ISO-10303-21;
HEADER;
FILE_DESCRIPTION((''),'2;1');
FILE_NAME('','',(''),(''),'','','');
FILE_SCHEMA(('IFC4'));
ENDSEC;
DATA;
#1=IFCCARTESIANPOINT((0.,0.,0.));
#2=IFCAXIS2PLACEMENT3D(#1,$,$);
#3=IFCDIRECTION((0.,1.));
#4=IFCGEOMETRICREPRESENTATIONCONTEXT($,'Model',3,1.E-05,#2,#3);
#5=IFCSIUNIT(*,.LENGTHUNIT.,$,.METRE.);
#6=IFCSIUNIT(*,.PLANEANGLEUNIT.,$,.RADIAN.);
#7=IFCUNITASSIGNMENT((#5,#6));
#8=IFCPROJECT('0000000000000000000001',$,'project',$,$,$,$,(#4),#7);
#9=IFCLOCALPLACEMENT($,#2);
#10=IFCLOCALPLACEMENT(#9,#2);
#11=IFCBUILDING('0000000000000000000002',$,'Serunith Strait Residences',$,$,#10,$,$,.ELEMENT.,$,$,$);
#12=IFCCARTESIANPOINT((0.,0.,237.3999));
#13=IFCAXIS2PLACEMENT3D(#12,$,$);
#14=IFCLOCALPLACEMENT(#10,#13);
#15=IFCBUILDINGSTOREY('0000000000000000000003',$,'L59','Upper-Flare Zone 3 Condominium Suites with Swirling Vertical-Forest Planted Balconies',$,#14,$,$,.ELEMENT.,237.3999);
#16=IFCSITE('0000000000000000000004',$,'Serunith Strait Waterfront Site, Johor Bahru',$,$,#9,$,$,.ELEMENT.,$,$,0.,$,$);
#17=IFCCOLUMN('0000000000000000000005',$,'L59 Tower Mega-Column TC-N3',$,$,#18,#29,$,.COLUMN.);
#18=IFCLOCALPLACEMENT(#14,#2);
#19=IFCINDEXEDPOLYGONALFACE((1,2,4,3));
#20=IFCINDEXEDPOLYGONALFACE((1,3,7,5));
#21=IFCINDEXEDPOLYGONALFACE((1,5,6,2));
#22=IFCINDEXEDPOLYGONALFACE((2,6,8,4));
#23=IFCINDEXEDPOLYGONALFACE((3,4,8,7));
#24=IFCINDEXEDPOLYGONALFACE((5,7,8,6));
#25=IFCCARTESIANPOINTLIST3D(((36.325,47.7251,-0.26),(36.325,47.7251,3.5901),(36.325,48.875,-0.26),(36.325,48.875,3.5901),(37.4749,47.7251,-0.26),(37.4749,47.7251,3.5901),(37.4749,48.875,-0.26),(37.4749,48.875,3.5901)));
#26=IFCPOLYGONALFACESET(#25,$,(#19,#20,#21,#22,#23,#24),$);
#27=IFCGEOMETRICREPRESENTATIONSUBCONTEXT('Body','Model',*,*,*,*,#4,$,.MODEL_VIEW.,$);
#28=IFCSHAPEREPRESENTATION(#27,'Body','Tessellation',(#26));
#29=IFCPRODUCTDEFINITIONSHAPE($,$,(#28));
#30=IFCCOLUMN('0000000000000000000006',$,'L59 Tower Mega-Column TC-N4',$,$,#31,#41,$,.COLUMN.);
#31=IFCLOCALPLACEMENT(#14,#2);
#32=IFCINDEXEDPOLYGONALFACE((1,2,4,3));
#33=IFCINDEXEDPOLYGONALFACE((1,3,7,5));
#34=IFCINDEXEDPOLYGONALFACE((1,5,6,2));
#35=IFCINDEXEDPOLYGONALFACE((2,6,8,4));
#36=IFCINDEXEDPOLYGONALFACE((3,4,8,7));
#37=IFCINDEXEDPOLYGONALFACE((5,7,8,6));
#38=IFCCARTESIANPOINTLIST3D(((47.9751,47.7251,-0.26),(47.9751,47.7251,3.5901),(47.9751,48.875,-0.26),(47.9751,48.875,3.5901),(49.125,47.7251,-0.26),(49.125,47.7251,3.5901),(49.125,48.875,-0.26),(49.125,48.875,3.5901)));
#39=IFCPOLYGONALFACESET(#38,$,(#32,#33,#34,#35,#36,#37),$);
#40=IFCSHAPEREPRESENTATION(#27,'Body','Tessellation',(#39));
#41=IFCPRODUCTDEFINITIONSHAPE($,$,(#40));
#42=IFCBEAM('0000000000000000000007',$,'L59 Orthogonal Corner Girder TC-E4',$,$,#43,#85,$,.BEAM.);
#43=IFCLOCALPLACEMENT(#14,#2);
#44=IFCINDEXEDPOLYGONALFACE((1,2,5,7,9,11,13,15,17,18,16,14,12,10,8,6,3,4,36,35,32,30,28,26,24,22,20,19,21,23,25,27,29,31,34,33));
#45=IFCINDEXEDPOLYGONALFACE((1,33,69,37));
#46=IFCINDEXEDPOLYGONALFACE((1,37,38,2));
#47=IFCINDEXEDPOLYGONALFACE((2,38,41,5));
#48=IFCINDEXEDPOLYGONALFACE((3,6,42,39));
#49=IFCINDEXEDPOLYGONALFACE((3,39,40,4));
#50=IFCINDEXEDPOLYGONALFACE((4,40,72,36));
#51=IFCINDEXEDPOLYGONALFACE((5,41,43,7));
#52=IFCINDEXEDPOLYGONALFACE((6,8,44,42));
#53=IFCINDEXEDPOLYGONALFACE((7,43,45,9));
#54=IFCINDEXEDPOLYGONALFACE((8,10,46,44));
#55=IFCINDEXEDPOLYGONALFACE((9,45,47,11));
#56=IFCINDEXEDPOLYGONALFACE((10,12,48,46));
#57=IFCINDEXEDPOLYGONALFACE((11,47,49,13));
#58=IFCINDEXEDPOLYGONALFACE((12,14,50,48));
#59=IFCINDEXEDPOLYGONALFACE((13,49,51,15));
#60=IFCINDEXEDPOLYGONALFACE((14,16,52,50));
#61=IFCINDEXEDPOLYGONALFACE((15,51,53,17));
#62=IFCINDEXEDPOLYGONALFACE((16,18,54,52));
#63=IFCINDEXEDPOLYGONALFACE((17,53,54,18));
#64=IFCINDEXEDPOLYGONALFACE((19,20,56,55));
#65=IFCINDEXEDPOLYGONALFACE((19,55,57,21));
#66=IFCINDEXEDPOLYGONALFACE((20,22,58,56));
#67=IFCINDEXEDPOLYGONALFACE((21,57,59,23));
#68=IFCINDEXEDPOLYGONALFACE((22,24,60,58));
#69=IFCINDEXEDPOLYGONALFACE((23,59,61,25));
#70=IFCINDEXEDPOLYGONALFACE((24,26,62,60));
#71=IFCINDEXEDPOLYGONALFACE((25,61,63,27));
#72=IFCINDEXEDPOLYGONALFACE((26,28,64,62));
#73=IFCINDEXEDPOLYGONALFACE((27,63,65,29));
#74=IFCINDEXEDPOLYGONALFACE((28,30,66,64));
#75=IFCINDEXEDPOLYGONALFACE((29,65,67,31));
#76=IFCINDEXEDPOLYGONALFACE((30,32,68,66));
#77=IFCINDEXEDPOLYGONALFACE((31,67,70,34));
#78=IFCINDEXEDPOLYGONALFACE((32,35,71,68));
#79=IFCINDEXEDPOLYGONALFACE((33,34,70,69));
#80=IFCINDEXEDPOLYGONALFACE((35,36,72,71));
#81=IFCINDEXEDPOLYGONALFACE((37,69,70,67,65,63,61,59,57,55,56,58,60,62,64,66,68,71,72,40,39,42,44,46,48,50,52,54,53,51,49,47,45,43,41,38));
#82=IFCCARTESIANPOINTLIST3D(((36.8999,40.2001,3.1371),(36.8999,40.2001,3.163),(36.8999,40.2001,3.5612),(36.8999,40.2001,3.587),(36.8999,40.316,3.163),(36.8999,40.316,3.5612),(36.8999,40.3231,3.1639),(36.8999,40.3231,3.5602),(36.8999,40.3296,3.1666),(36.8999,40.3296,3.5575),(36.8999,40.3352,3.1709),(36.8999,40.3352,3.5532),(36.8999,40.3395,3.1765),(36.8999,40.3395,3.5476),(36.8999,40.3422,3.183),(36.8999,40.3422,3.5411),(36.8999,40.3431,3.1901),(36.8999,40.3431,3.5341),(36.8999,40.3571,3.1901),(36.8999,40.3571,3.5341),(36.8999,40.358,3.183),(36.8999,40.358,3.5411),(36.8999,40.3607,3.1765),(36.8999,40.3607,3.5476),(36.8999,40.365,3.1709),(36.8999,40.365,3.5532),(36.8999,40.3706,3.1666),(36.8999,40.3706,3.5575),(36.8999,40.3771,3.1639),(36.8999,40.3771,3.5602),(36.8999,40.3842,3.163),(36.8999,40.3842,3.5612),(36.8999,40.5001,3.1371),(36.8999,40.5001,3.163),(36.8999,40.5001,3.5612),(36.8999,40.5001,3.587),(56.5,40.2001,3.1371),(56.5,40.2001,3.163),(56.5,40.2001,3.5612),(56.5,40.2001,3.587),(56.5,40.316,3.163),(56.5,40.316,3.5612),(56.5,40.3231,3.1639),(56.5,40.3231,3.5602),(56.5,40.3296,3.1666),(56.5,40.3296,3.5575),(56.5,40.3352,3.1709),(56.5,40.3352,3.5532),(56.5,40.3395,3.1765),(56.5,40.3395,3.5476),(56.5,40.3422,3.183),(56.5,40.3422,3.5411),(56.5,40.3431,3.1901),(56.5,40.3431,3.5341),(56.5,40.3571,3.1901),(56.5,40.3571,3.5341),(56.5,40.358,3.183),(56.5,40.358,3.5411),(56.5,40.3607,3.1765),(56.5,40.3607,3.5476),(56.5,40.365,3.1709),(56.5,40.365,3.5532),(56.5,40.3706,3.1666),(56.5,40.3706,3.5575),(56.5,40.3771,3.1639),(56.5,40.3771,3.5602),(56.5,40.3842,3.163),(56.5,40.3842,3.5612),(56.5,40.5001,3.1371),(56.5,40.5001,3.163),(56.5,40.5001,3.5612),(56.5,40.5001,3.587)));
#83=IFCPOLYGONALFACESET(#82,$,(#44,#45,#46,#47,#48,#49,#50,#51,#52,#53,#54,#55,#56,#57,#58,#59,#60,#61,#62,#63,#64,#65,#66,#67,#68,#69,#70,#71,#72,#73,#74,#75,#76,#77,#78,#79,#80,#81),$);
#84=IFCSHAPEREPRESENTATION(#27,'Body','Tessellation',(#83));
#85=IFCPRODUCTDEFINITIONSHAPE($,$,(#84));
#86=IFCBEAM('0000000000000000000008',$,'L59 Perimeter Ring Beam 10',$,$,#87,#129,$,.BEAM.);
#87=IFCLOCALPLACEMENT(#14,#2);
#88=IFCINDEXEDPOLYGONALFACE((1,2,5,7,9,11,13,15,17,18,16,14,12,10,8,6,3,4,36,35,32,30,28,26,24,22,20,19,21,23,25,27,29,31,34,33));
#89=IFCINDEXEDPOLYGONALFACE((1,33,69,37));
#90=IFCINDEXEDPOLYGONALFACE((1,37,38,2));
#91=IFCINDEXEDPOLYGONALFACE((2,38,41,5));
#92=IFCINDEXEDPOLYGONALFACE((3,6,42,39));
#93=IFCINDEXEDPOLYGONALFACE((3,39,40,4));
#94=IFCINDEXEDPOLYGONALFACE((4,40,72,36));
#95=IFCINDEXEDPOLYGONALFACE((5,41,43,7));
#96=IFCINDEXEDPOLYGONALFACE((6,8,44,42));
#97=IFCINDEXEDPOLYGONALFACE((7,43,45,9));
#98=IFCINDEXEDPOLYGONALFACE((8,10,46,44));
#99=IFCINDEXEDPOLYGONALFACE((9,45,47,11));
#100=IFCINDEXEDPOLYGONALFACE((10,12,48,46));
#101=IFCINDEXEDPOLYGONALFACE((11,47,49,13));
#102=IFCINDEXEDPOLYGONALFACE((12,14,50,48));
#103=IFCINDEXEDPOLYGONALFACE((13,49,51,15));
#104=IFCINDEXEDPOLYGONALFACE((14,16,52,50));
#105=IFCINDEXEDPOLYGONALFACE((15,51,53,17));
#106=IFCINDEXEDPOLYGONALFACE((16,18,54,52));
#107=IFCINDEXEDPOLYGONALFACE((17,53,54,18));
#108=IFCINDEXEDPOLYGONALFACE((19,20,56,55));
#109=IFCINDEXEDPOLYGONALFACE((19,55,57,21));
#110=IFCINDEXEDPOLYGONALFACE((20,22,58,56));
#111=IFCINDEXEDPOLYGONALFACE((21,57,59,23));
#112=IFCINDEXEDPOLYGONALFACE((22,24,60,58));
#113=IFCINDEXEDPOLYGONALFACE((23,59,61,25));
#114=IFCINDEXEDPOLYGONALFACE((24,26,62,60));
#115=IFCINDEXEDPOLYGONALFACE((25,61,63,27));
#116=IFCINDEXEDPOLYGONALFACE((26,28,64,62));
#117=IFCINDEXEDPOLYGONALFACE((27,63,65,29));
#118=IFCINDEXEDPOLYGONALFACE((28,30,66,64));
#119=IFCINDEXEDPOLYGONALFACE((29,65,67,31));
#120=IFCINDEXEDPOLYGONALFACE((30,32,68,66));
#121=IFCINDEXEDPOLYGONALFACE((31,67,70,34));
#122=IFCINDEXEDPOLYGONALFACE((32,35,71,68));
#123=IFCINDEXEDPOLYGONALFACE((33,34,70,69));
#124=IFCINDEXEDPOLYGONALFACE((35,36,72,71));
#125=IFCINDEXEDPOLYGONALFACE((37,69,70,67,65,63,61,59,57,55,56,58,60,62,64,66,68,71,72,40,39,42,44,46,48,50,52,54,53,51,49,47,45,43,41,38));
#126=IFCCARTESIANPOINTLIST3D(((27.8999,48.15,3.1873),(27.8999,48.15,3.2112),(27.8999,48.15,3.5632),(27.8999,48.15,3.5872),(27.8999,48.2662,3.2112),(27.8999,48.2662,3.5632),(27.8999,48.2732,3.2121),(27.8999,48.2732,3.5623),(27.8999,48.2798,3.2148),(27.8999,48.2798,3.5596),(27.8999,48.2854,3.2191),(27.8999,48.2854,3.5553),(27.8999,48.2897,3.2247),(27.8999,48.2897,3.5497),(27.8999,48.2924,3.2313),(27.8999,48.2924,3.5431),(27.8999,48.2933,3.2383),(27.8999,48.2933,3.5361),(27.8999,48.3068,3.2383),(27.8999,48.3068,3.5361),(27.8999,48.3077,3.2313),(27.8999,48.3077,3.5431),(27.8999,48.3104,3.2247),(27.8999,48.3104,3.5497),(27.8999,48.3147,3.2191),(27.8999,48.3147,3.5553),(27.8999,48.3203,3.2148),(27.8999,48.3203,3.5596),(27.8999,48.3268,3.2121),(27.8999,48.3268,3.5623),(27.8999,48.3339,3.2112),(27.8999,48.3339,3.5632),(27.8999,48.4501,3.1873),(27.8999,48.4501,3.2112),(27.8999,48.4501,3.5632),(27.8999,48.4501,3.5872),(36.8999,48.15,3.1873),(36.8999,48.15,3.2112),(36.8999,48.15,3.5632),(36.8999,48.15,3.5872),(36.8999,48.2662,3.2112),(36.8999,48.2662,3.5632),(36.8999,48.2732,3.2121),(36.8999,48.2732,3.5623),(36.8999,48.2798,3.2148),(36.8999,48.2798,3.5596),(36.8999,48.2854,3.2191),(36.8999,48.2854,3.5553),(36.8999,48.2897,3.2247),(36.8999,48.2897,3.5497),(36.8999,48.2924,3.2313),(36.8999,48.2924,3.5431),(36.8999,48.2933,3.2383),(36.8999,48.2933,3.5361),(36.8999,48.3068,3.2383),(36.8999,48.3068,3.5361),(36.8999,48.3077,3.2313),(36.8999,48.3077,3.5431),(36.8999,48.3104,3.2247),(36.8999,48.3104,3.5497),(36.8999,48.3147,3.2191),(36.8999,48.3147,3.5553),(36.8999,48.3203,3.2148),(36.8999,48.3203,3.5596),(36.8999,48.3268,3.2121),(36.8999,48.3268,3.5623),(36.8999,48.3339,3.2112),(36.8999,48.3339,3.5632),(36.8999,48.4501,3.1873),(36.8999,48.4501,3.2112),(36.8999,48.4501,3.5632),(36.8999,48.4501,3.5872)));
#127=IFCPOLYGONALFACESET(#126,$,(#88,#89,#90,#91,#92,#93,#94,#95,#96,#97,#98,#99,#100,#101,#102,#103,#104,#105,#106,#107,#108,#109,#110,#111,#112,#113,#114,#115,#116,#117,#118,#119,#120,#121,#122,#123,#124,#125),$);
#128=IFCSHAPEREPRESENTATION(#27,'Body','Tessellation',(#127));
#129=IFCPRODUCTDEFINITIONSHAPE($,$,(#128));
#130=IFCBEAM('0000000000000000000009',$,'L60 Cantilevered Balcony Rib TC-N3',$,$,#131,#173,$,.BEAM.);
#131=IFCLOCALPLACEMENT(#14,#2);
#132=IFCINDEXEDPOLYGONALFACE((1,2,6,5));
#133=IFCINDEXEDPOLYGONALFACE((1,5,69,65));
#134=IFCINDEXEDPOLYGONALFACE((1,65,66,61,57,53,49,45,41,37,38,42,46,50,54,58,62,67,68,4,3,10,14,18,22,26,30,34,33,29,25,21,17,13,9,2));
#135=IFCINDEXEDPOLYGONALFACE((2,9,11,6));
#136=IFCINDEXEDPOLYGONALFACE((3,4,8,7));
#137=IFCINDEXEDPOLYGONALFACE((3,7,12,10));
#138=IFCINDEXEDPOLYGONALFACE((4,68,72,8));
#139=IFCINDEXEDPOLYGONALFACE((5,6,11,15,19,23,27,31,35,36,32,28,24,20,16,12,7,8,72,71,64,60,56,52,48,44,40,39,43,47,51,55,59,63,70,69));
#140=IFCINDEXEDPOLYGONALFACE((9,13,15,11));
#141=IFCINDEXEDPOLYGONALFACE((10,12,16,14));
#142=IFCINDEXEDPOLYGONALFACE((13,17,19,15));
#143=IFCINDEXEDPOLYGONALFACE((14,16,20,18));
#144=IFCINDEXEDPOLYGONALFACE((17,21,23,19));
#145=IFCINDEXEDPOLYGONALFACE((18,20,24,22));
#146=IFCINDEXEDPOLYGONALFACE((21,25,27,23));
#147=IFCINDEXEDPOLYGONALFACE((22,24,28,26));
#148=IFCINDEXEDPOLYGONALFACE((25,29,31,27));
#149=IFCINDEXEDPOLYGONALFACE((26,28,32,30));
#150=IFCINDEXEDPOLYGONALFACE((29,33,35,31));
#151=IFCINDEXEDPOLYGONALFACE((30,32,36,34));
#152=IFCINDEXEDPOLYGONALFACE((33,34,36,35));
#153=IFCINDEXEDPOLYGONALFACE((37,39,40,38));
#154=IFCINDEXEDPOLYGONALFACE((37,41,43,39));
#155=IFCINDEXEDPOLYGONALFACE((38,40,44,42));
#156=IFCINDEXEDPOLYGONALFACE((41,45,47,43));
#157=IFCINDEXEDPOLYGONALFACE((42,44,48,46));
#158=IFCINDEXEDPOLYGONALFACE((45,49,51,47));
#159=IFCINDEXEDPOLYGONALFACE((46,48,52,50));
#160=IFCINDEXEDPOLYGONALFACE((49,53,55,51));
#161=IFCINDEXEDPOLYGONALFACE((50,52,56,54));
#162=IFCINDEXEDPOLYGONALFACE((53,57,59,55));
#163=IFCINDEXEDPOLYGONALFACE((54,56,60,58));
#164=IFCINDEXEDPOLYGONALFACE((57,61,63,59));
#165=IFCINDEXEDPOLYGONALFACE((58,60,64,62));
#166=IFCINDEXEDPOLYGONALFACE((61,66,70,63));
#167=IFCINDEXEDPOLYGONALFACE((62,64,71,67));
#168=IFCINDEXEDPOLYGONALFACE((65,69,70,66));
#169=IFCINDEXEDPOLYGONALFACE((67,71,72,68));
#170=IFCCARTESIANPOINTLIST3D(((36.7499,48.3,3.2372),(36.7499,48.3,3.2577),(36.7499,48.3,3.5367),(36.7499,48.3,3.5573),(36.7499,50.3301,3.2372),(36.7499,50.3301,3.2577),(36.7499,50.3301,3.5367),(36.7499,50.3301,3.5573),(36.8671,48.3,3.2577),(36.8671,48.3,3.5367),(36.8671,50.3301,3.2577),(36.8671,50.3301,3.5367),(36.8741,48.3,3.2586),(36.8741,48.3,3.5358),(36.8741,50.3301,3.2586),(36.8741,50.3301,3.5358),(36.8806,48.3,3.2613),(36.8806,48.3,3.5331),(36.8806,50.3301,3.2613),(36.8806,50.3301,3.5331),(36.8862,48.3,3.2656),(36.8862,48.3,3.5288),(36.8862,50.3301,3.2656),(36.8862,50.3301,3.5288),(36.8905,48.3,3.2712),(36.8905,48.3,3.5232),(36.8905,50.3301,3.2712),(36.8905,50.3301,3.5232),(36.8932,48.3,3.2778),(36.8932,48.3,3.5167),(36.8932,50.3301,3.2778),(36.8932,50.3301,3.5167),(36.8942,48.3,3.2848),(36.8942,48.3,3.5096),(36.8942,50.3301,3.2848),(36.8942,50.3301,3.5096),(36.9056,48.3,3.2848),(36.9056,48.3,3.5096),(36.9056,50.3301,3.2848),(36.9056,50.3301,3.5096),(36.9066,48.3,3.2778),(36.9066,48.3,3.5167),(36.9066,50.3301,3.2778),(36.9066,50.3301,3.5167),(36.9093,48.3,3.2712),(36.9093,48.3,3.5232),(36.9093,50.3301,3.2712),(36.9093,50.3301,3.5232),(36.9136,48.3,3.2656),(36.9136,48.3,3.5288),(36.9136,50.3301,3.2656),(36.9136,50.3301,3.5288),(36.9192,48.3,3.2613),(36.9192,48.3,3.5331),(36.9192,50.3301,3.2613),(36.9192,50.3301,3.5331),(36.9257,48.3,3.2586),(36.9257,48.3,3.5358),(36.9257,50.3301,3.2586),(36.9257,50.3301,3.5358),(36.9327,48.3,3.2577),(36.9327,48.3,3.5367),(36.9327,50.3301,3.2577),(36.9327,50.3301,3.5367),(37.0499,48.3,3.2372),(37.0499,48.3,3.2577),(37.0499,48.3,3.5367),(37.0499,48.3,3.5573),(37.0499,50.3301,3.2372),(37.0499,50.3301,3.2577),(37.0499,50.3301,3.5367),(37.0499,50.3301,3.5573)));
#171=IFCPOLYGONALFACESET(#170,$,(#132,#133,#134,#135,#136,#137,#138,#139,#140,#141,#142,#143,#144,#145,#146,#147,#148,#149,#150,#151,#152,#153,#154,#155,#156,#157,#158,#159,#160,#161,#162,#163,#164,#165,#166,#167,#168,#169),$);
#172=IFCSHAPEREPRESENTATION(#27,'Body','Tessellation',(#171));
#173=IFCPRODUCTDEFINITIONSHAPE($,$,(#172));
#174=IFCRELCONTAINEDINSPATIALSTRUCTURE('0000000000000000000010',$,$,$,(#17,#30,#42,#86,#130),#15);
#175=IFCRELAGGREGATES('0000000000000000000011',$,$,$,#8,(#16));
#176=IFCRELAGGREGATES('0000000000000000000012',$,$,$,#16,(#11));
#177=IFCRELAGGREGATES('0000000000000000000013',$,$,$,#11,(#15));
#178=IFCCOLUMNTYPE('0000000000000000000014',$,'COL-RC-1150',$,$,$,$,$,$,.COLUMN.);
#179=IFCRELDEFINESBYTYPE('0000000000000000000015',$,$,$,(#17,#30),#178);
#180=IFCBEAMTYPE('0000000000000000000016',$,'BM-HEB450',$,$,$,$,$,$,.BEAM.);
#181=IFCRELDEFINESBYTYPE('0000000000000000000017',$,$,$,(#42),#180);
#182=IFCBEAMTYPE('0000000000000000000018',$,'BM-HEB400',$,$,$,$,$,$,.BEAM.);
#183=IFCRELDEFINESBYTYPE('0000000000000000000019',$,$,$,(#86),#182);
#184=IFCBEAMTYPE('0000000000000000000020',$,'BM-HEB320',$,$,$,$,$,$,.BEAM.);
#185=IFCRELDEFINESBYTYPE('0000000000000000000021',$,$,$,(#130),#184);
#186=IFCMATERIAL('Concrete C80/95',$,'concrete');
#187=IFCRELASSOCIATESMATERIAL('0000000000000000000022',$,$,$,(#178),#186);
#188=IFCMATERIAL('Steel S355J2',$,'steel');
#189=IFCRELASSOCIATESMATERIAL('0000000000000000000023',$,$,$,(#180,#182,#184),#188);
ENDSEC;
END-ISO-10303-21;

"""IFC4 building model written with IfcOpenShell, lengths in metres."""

from ifc_helpers import new_model, si_unit, direction, frame, origin, origin_2d, place, context, subcontext, project, spatial, rectangle, i_section, extrude, source, transform, mapped, material, material_profile, profile_set, type_object, element, save


model = new_model("IFC4")

# Units and contexts
model_context = context("Model", 3, precision=1e-05, world=origin(), true_north=direction((0.0, 1.0)))
body_context = subcontext(model_context, "Body", "Model", "MODEL_VIEW")
ifc_project = project(units=[si_unit("LENGTHUNIT", "METRE"), si_unit("PLANEANGLEUNIT", "RADIAN")], contexts=[model_context])

# Site, building, storey
site_placement = place(None, origin())
site = spatial("IfcSite", under=ifc_project, at=site_placement, Name="Serunith Strait Waterfront Site, Johor Bahru", CompositionType="ELEMENT", RefElevation=0.0)
building_placement = place(site_placement, origin())
building = spatial("IfcBuilding", under=site, at=building_placement, Name="Serunith Strait Residences", CompositionType="ELEMENT")
storey_placement = place(building_placement, frame((0.0, 0.0, 237.3999)))
storey = spatial("IfcBuildingStorey", under=building, at=storey_placement, Name="L59", Description="Upper-Flare Zone 3 Condominium Suites with Swirling Vertical-Forest Planted Balconies", CompositionType="ELEMENT", Elevation=237.3999)

# Columns
ifc_material_1 = material(Name="Concrete C80/95", Category="concrete")
ifc_material_profile_1 = material_profile(ifc_material_1, rectangle(XDim=1.1499, YDim=1.1499, at=origin_2d()), Name="RC 1150x1150")
ifc_profile_set_1 = profile_set([ifc_material_profile_1], Name="Concrete C80/95")
column_type = type_object("IfcColumnType", Name="COL-RC-1150", PredefinedType="COLUMN", material=ifc_profile_set_1)
shared_shape_1 = source(origin(), body_context, "Body", "SweptSolid", [
    extrude(rectangle(XDim=1.1499, YDim=1.1499, at=origin_2d()), origin(), (0.0, 0.0, 1.0), 3.8501),
])
for number, where, z_axis, x_axis, name in (
    (1, (36.8999, 48.3, -0.26), (0.0, 0.0, 1.0), (1.0, 0.0, 0.0), "L59 Tower Mega-Column TC-N3"),
    (2, (48.55, 48.3, -0.26), (0.0, 0.0, 1.0), (1.0, 0.0, 0.0), "L59 Tower Mega-Column TC-N4"),
):
    element("IfcColumn", number, at=place(storey_placement, frame(where, z_axis=z_axis, x_axis=x_axis)), inside=storey, type_object=column_type, Name=name, PredefinedType="COLUMN", context=body_context, shape_type="MappedRepresentation", body=[
        mapped(shared_shape_1, transform((0.0, 0.0, 0.0), scale=1.0)),
    ])

# Beams
ifc_material_2 = material(Name="Steel S355J2", Category="steel")
ifc_material_profile_2 = material_profile(ifc_material_2, i_section(OverallWidth=0.3, OverallDepth=0.45, WebThickness=0.0139, FlangeThickness=0.0259, FilletRadius=0.0271, at=origin_2d()), Name="HEB 450")
ifc_profile_set_2 = profile_set([ifc_material_profile_2], Name="Steel S355J2")
beam_type_1 = type_object("IfcBeamType", Name="BM-HEB450", PredefinedType="BEAM", material=ifc_profile_set_2)
shared_shape_2 = source(origin(), body_context, "Body", "SweptSolid", [
    extrude(i_section(OverallWidth=0.3, OverallDepth=0.45, WebThickness=0.0139, FlangeThickness=0.0259, FilletRadius=0.0271, at=origin_2d()), origin(), (0.0, 0.0, 1.0), 19.6001),
])
beam_1_placement = place(storey_placement, frame((36.8999, 40.3501, 3.3621), z_axis=(1.0, 0.0, 0.0), x_axis=(0.0, 1.0, 0.0)))
element("IfcBeam", 3, at=beam_1_placement, inside=storey, type_object=beam_type_1, Name="L59 Orthogonal Corner Girder TC-E4", PredefinedType="BEAM", context=body_context, shape_type="MappedRepresentation", body=[
    mapped(shared_shape_2, transform((0.0, 0.0, 0.0), scale=1.0)),
])
ifc_material_profile_3 = material_profile(ifc_material_2, i_section(OverallWidth=0.3, OverallDepth=0.3999, WebThickness=0.0134, FlangeThickness=0.0239, FilletRadius=0.0271, at=origin_2d()), Name="HEB 400")
ifc_profile_set_3 = profile_set([ifc_material_profile_3], Name="Steel S355J2")
beam_type_2 = type_object("IfcBeamType", Name="BM-HEB400", PredefinedType="BEAM", material=ifc_profile_set_3)
shared_shape_3 = source(origin(), body_context, "Body", "SweptSolid", [
    extrude(i_section(OverallWidth=0.3, OverallDepth=0.3999, WebThickness=0.0134, FlangeThickness=0.0239, FilletRadius=0.0271, at=origin_2d()), origin(), (0.0, 0.0, 1.0), 9.0),
])
beam_2_placement = place(storey_placement, frame((36.8999, 48.3, 3.3872), z_axis=(-1.0, 0.0, 0.0), x_axis=(0.0, -1.0, 0.0)))
element("IfcBeam", 4, at=beam_2_placement, inside=storey, type_object=beam_type_2, Name="L59 Perimeter Ring Beam 10", PredefinedType="BEAM", context=body_context, shape_type="MappedRepresentation", body=[
    mapped(shared_shape_3, transform((0.0, 0.0, 0.0), scale=1.0)),
])
ifc_material_profile_4 = material_profile(ifc_material_2, i_section(OverallWidth=0.3, OverallDepth=0.3201, WebThickness=0.0115, FlangeThickness=0.0205, FilletRadius=0.0271, at=origin_2d()), Name="HEB 320")
ifc_profile_set_4 = profile_set([ifc_material_profile_4], Name="Steel S355J2")
beam_type_3 = type_object("IfcBeamType", Name="BM-HEB320", PredefinedType="BEAM", material=ifc_profile_set_4)
shared_shape_4 = source(origin(), body_context, "Body", "SweptSolid", [
    extrude(i_section(OverallWidth=0.3, OverallDepth=0.3201, WebThickness=0.0115, FlangeThickness=0.0205, FilletRadius=0.0271, at=origin_2d()), origin(), (0.0, 0.0, 1.0), 2.03),
])
beam_3_placement = place(storey_placement, frame((36.8999, 48.3, 3.3972), z_axis=(0.0, 1.0, 0.0), x_axis=(-1.0, 0.0, 0.0)))
element("IfcBeam", 5, at=beam_3_placement, inside=storey, type_object=beam_type_3, Name="L60 Cantilevered Balcony Rib TC-N3", PredefinedType="BEAM", context=body_context, shape_type="MappedRepresentation", body=[
    mapped(shared_shape_4, transform((0.0, 0.0, 0.0), scale=1.0)),
])

save(model, "model.ifc")
